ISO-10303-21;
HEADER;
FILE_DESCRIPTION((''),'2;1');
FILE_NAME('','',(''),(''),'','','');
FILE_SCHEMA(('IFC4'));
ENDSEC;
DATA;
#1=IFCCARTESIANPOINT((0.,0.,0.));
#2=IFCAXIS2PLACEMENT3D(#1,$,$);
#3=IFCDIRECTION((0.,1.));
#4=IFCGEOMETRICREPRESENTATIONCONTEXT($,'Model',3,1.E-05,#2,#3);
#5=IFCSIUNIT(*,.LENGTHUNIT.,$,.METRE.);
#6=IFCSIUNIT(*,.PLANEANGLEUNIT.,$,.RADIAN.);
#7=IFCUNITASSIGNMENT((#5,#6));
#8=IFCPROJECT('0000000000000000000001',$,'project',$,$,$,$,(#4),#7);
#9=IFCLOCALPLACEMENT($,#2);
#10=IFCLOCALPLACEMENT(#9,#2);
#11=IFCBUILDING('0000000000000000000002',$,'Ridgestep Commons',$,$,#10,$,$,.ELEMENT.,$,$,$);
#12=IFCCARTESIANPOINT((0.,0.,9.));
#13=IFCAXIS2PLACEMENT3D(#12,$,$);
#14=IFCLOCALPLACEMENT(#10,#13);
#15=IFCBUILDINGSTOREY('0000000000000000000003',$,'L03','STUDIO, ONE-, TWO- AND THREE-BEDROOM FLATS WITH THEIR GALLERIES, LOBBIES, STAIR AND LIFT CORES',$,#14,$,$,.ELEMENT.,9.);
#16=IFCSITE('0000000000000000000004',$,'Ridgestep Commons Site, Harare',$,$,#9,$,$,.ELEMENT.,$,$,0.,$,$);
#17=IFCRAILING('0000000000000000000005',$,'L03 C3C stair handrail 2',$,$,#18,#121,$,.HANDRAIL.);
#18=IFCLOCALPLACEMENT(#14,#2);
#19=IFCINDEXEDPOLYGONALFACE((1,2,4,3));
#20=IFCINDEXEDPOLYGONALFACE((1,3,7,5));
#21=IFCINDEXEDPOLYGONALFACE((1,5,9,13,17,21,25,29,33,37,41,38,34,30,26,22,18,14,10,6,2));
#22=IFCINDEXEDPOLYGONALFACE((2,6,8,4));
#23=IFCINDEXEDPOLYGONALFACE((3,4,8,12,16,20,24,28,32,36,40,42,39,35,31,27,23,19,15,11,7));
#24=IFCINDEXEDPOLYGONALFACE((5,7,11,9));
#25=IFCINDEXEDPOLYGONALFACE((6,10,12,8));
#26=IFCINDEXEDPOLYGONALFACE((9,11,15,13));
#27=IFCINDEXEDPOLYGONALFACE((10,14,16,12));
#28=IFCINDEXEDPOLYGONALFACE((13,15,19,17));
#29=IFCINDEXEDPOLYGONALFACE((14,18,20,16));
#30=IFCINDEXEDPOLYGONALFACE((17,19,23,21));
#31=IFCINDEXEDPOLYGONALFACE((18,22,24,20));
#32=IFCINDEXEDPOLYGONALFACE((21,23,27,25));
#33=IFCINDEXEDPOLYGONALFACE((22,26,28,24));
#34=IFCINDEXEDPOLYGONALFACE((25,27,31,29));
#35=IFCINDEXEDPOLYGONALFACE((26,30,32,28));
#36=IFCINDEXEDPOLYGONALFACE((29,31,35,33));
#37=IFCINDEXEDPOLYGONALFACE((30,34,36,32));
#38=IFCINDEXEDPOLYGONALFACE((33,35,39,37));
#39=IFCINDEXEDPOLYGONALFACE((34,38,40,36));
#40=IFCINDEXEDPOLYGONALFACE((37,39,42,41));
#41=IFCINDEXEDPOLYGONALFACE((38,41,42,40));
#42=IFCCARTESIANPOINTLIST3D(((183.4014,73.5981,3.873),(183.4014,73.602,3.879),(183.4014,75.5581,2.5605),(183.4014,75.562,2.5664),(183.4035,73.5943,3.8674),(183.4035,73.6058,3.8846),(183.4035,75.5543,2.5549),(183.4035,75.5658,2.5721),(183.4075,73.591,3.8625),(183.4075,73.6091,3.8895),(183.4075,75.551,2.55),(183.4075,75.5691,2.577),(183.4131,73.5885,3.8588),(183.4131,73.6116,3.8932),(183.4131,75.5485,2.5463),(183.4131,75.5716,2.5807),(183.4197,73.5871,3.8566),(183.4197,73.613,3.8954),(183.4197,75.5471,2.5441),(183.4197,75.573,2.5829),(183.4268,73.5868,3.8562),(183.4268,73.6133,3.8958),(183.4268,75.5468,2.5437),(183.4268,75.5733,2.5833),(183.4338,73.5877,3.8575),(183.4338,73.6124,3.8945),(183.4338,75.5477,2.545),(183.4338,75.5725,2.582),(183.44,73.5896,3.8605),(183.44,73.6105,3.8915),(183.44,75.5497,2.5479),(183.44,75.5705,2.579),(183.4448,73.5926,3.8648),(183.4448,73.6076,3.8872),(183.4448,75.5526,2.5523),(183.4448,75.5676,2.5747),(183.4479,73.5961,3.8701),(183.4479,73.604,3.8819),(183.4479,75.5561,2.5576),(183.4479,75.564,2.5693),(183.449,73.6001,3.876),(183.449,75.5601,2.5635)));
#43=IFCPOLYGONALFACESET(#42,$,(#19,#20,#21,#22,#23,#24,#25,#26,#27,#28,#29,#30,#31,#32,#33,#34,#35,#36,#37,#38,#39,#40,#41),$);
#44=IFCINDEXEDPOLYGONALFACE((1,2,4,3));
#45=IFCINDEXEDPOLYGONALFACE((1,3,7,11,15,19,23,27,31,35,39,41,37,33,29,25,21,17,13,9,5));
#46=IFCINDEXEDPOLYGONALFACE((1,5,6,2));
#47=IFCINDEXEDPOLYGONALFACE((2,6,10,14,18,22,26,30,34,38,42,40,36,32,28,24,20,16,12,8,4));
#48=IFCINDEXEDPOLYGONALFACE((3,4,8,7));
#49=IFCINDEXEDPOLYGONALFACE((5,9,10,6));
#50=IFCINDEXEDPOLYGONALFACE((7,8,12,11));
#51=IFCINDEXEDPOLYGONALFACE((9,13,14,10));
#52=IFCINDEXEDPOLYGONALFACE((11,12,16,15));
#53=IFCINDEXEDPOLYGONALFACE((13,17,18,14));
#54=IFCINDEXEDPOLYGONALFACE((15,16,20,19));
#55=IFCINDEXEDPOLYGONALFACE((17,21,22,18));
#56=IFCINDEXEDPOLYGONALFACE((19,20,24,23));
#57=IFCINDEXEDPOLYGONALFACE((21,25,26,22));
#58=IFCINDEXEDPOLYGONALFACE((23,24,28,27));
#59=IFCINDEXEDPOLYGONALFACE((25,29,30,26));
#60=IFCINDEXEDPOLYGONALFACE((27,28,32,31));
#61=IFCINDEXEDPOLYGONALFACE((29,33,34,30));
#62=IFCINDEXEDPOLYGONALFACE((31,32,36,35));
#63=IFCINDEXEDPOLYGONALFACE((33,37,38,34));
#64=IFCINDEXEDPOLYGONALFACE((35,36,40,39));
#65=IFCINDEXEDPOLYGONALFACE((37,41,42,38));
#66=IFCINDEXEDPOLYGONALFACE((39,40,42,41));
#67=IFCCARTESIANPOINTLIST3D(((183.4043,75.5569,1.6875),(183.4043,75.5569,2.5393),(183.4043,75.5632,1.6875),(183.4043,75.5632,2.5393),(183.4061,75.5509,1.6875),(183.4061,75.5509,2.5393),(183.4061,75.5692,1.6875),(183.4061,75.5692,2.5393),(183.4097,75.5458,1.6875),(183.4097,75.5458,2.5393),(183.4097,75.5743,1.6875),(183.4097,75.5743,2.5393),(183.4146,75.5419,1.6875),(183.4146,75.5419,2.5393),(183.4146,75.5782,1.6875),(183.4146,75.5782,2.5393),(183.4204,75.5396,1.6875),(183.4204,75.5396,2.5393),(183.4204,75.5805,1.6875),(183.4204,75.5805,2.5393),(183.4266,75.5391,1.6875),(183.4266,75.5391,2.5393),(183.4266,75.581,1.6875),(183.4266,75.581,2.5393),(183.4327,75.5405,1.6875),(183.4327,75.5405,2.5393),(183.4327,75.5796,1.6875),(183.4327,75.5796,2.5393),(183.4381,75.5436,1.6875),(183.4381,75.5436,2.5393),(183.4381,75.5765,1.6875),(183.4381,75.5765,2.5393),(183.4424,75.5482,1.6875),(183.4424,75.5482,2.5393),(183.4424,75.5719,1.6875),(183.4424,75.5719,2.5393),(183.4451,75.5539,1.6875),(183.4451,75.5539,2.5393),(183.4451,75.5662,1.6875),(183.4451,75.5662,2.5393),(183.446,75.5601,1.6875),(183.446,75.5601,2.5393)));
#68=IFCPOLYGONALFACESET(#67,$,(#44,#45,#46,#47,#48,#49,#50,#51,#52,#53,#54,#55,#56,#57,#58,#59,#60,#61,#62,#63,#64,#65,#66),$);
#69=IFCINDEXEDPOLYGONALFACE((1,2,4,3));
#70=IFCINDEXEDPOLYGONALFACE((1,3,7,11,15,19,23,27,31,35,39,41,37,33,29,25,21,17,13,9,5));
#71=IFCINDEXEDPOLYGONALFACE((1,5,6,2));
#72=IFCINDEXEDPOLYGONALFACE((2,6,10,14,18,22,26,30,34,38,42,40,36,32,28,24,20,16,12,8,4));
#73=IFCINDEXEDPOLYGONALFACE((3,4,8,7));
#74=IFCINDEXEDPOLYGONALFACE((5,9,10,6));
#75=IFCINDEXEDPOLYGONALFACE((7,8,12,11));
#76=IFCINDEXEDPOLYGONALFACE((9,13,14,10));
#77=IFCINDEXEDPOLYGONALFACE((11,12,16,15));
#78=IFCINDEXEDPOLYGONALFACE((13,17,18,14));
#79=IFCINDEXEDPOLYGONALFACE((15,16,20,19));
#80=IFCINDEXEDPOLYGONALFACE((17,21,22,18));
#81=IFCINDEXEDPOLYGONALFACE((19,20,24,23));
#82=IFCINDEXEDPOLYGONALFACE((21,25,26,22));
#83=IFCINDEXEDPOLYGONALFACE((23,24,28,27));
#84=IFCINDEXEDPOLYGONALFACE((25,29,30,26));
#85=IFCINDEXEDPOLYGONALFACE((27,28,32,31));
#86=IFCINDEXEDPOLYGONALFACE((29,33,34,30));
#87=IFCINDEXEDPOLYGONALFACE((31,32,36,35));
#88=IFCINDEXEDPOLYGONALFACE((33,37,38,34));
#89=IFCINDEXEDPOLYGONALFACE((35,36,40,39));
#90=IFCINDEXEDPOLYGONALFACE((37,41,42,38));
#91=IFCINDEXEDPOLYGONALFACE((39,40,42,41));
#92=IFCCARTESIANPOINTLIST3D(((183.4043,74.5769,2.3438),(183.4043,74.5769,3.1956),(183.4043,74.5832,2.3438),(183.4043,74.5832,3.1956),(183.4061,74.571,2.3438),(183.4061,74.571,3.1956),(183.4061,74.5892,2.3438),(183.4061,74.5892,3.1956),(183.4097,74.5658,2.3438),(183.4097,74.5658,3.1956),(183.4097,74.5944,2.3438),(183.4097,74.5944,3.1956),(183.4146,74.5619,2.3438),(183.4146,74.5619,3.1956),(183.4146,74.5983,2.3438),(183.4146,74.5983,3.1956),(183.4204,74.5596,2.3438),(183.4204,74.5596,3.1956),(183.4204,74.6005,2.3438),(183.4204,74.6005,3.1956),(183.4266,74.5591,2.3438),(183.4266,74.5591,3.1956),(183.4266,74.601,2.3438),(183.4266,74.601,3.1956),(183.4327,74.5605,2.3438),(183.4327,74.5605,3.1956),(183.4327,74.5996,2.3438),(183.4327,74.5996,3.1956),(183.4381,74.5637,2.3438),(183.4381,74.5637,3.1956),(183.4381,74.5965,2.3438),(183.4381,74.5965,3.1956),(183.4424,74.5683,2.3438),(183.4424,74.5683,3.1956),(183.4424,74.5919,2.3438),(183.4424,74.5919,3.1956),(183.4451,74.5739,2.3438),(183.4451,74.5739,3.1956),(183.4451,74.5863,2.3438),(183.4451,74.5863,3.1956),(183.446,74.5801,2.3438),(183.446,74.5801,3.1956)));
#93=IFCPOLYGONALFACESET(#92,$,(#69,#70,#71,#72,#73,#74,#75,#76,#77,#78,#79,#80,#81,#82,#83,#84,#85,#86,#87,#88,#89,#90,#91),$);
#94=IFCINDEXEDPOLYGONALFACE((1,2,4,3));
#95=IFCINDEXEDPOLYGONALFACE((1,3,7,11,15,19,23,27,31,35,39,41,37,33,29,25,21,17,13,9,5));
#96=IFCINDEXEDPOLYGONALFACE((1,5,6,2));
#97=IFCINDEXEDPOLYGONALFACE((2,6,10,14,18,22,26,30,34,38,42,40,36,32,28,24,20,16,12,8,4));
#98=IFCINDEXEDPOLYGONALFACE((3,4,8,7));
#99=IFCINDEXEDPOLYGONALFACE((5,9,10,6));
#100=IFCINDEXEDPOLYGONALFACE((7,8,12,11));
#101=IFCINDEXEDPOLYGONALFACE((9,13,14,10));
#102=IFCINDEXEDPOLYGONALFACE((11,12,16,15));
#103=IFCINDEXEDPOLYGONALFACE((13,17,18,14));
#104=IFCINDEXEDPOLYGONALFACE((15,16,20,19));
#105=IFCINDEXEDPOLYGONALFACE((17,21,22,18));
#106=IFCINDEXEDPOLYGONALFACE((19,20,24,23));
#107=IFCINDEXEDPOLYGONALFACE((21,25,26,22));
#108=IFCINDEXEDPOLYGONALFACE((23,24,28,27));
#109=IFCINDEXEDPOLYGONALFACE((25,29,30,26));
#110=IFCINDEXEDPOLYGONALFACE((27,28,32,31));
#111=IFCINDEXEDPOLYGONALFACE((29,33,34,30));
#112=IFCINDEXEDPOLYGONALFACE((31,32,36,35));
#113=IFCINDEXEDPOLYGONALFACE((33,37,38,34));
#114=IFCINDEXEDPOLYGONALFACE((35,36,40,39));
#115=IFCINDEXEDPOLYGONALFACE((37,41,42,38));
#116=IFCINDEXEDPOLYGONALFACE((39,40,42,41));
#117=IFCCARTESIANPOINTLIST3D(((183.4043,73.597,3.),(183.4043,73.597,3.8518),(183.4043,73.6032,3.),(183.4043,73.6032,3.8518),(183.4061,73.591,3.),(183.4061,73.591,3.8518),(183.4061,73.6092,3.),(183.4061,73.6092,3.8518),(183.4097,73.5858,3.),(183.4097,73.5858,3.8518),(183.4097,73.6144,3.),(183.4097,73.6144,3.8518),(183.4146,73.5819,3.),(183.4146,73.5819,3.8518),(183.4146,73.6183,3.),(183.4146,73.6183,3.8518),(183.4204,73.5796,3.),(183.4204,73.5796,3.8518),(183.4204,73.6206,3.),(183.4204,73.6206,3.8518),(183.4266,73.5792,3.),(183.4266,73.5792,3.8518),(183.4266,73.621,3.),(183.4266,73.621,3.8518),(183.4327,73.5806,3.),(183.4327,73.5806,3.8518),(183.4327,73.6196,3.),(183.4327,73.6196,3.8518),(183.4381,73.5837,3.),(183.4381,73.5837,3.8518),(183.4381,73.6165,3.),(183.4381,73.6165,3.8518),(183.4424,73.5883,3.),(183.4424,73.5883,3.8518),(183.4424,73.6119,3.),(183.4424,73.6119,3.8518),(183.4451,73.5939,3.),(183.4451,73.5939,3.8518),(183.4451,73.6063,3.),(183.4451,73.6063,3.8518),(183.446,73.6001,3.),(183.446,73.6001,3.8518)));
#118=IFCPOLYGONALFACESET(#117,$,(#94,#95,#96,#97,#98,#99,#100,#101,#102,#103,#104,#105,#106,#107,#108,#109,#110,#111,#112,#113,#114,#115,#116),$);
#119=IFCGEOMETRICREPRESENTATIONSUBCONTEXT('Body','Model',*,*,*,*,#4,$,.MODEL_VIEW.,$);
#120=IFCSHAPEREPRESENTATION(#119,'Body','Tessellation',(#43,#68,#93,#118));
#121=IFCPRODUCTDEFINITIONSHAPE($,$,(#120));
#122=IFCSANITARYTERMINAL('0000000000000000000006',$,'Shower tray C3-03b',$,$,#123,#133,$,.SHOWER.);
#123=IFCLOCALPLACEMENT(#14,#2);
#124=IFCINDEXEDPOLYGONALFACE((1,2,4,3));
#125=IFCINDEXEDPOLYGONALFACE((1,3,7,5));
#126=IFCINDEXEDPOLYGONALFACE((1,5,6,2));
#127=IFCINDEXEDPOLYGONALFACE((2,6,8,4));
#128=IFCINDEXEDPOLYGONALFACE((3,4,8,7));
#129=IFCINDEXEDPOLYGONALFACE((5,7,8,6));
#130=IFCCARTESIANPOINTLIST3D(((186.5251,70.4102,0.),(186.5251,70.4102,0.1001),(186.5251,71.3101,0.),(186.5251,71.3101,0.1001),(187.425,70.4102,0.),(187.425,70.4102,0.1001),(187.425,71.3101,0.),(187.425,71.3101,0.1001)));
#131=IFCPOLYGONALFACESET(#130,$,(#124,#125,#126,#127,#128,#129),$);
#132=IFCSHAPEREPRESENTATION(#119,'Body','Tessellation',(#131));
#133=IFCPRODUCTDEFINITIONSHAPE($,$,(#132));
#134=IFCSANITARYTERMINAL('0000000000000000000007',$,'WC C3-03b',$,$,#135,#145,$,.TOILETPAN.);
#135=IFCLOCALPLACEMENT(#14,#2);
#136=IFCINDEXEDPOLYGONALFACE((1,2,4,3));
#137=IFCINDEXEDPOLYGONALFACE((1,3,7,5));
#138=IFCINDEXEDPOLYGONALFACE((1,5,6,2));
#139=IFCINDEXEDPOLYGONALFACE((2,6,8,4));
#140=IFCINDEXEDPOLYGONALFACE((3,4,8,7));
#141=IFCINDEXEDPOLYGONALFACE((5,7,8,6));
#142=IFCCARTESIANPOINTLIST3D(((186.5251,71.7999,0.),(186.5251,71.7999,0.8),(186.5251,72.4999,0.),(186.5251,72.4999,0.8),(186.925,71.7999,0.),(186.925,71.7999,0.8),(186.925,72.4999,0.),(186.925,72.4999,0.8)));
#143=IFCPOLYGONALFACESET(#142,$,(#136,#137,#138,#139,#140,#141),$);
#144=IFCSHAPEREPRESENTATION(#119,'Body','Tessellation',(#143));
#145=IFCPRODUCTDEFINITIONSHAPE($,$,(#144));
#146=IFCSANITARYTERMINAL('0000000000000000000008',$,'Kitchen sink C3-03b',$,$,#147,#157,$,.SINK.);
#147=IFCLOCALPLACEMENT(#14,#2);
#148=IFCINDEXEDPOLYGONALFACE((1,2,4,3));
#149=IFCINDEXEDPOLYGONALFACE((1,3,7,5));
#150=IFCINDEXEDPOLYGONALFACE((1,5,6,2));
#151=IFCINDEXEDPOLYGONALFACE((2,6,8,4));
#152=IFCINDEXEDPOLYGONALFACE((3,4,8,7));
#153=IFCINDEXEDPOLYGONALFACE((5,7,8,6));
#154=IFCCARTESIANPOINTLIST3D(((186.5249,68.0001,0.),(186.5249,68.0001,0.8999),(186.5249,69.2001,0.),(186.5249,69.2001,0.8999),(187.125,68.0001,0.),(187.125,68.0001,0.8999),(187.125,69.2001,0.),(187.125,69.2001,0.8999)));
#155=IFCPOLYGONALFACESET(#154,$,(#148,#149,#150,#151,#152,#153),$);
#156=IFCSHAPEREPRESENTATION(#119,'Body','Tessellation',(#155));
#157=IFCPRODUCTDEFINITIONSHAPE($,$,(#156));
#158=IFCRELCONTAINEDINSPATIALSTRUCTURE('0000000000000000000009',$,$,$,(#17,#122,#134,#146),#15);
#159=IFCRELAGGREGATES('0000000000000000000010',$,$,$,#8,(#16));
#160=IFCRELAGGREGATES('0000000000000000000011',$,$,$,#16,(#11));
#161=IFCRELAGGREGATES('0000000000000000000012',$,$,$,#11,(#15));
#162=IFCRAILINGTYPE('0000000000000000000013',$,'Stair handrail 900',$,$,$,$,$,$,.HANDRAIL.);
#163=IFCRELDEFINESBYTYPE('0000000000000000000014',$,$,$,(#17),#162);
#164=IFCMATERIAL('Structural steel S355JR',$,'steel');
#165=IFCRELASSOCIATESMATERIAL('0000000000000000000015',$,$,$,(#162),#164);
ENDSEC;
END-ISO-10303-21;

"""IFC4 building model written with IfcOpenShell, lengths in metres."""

from ifc_helpers import new_model, si_unit, direction, frame, origin, origin_2d, place, context, subcontext, project, spatial, rectangle, circle, extrude, material, type_object, element, save


model = new_model("IFC4")

# Units and contexts
model_context = context("Model", 3, precision=1e-05, world=origin(), true_north=direction((0.0, 1.0)))
body_context = subcontext(model_context, "Body", "Model", "MODEL_VIEW")
ifc_project = project(units=[si_unit("LENGTHUNIT", "METRE"), si_unit("PLANEANGLEUNIT", "RADIAN")], contexts=[model_context])

# Site, building, storey
site_placement = place(None, origin())
site = spatial("IfcSite", under=ifc_project, at=site_placement, Name="Ridgestep Commons Site, Harare", CompositionType="ELEMENT", RefElevation=0.0)
building_placement = place(site_placement, origin())
building = spatial("IfcBuilding", under=site, at=building_placement, Name="Ridgestep Commons", CompositionType="ELEMENT")
storey_placement = place(building_placement, frame((0.0, 0.0, 9.0)))
storey = spatial("IfcBuildingStorey", under=building, at=storey_placement, Name="L03", Description="STUDIO, ONE-, TWO- AND THREE-BEDROOM FLATS WITH THEIR GALLERIES, LOBBIES, STAIR AND LIFT CORES", CompositionType="ELEMENT", Elevation=9.0)

# Railing
ifc_material_1 = material(Name="Structural steel S355JR", Category="steel")
railing_type_1 = type_object("IfcRailingType", Name="Stair handrail 900", PredefinedType="HANDRAIL", material=ifc_material_1)
railing_1_placement = place(storey_placement, frame((183.425, 75.5601, 1.6875)))
element("IfcRailing", 1, at=railing_1_placement, inside=storey, type_object=railing_type_1, Name="L03 C3C stair handrail 2", PredefinedType="HANDRAIL", context=body_context, shape_type="SweptSolid", body=[
    extrude(circle(Radius=0.0239, at=origin_2d()), frame((0.0, 0.0, 0.876), z_axis=(0.0, -0.830902, 0.556419), x_axis=(1.0, 0.0, 0.0)), (0.0, 0.0, 1.0), 2.3589),
    extrude(circle(Radius=0.021, at=origin_2d()), origin(), (0.0, 0.0, 1.0), 0.8518),
    extrude(circle(Radius=0.021, at=origin_2d()), frame((0.0, -0.98, 0.6562)), (0.0, 0.0, 1.0), 0.8518),
    extrude(circle(Radius=0.021, at=origin_2d()), frame((0.0, -1.96, 1.3125)), (0.0, 0.0, 1.0), 0.8518),
])

# Sanitary terminals
sanitary_terminal_1_placement = place(storey_placement, frame((186.9751, 70.8601, 0.0), z_axis=(0.0, 0.0, 1.0), x_axis=(1.0, 0.0, 0.0)))
element("IfcSanitaryTerminal", 2, at=sanitary_terminal_1_placement, inside=storey, Name="Shower tray C3-03b", PredefinedType="SHOWER", context=body_context, shape_type="SweptSolid", body=[
    extrude(rectangle(XDim=0.8999, YDim=0.8999, at=origin_2d()), origin(), (0.0, 0.0, 1.0), 0.1001),
])
sanitary_terminal_2_placement = place(storey_placement, frame((186.7251, 72.1499, 0.0), z_axis=(0.0, 0.0, 1.0), x_axis=(1.0, 0.0, 0.0)))
element("IfcSanitaryTerminal", 3, at=sanitary_terminal_2_placement, inside=storey, Name="WC C3-03b", PredefinedType="TOILETPAN", context=body_context, shape_type="SweptSolid", body=[
    extrude(rectangle(XDim=0.3999, YDim=0.7, at=origin_2d()), origin(), (0.0, 0.0, 1.0), 0.8),
])
sanitary_terminal_3_placement = place(storey_placement, frame((186.825, 68.6001, 0.0), z_axis=(0.0, 0.0, 1.0), x_axis=(1.0, 0.0, 0.0)))
element("IfcSanitaryTerminal", 4, at=sanitary_terminal_3_placement, inside=storey, Name="Kitchen sink C3-03b", PredefinedType="SINK", context=body_context, shape_type="SweptSolid", body=[
    extrude(rectangle(XDim=0.6001, YDim=1.2, at=origin_2d()), origin(), (0.0, 0.0, 1.0), 0.8999),
])

save(model, "model.ifc")
